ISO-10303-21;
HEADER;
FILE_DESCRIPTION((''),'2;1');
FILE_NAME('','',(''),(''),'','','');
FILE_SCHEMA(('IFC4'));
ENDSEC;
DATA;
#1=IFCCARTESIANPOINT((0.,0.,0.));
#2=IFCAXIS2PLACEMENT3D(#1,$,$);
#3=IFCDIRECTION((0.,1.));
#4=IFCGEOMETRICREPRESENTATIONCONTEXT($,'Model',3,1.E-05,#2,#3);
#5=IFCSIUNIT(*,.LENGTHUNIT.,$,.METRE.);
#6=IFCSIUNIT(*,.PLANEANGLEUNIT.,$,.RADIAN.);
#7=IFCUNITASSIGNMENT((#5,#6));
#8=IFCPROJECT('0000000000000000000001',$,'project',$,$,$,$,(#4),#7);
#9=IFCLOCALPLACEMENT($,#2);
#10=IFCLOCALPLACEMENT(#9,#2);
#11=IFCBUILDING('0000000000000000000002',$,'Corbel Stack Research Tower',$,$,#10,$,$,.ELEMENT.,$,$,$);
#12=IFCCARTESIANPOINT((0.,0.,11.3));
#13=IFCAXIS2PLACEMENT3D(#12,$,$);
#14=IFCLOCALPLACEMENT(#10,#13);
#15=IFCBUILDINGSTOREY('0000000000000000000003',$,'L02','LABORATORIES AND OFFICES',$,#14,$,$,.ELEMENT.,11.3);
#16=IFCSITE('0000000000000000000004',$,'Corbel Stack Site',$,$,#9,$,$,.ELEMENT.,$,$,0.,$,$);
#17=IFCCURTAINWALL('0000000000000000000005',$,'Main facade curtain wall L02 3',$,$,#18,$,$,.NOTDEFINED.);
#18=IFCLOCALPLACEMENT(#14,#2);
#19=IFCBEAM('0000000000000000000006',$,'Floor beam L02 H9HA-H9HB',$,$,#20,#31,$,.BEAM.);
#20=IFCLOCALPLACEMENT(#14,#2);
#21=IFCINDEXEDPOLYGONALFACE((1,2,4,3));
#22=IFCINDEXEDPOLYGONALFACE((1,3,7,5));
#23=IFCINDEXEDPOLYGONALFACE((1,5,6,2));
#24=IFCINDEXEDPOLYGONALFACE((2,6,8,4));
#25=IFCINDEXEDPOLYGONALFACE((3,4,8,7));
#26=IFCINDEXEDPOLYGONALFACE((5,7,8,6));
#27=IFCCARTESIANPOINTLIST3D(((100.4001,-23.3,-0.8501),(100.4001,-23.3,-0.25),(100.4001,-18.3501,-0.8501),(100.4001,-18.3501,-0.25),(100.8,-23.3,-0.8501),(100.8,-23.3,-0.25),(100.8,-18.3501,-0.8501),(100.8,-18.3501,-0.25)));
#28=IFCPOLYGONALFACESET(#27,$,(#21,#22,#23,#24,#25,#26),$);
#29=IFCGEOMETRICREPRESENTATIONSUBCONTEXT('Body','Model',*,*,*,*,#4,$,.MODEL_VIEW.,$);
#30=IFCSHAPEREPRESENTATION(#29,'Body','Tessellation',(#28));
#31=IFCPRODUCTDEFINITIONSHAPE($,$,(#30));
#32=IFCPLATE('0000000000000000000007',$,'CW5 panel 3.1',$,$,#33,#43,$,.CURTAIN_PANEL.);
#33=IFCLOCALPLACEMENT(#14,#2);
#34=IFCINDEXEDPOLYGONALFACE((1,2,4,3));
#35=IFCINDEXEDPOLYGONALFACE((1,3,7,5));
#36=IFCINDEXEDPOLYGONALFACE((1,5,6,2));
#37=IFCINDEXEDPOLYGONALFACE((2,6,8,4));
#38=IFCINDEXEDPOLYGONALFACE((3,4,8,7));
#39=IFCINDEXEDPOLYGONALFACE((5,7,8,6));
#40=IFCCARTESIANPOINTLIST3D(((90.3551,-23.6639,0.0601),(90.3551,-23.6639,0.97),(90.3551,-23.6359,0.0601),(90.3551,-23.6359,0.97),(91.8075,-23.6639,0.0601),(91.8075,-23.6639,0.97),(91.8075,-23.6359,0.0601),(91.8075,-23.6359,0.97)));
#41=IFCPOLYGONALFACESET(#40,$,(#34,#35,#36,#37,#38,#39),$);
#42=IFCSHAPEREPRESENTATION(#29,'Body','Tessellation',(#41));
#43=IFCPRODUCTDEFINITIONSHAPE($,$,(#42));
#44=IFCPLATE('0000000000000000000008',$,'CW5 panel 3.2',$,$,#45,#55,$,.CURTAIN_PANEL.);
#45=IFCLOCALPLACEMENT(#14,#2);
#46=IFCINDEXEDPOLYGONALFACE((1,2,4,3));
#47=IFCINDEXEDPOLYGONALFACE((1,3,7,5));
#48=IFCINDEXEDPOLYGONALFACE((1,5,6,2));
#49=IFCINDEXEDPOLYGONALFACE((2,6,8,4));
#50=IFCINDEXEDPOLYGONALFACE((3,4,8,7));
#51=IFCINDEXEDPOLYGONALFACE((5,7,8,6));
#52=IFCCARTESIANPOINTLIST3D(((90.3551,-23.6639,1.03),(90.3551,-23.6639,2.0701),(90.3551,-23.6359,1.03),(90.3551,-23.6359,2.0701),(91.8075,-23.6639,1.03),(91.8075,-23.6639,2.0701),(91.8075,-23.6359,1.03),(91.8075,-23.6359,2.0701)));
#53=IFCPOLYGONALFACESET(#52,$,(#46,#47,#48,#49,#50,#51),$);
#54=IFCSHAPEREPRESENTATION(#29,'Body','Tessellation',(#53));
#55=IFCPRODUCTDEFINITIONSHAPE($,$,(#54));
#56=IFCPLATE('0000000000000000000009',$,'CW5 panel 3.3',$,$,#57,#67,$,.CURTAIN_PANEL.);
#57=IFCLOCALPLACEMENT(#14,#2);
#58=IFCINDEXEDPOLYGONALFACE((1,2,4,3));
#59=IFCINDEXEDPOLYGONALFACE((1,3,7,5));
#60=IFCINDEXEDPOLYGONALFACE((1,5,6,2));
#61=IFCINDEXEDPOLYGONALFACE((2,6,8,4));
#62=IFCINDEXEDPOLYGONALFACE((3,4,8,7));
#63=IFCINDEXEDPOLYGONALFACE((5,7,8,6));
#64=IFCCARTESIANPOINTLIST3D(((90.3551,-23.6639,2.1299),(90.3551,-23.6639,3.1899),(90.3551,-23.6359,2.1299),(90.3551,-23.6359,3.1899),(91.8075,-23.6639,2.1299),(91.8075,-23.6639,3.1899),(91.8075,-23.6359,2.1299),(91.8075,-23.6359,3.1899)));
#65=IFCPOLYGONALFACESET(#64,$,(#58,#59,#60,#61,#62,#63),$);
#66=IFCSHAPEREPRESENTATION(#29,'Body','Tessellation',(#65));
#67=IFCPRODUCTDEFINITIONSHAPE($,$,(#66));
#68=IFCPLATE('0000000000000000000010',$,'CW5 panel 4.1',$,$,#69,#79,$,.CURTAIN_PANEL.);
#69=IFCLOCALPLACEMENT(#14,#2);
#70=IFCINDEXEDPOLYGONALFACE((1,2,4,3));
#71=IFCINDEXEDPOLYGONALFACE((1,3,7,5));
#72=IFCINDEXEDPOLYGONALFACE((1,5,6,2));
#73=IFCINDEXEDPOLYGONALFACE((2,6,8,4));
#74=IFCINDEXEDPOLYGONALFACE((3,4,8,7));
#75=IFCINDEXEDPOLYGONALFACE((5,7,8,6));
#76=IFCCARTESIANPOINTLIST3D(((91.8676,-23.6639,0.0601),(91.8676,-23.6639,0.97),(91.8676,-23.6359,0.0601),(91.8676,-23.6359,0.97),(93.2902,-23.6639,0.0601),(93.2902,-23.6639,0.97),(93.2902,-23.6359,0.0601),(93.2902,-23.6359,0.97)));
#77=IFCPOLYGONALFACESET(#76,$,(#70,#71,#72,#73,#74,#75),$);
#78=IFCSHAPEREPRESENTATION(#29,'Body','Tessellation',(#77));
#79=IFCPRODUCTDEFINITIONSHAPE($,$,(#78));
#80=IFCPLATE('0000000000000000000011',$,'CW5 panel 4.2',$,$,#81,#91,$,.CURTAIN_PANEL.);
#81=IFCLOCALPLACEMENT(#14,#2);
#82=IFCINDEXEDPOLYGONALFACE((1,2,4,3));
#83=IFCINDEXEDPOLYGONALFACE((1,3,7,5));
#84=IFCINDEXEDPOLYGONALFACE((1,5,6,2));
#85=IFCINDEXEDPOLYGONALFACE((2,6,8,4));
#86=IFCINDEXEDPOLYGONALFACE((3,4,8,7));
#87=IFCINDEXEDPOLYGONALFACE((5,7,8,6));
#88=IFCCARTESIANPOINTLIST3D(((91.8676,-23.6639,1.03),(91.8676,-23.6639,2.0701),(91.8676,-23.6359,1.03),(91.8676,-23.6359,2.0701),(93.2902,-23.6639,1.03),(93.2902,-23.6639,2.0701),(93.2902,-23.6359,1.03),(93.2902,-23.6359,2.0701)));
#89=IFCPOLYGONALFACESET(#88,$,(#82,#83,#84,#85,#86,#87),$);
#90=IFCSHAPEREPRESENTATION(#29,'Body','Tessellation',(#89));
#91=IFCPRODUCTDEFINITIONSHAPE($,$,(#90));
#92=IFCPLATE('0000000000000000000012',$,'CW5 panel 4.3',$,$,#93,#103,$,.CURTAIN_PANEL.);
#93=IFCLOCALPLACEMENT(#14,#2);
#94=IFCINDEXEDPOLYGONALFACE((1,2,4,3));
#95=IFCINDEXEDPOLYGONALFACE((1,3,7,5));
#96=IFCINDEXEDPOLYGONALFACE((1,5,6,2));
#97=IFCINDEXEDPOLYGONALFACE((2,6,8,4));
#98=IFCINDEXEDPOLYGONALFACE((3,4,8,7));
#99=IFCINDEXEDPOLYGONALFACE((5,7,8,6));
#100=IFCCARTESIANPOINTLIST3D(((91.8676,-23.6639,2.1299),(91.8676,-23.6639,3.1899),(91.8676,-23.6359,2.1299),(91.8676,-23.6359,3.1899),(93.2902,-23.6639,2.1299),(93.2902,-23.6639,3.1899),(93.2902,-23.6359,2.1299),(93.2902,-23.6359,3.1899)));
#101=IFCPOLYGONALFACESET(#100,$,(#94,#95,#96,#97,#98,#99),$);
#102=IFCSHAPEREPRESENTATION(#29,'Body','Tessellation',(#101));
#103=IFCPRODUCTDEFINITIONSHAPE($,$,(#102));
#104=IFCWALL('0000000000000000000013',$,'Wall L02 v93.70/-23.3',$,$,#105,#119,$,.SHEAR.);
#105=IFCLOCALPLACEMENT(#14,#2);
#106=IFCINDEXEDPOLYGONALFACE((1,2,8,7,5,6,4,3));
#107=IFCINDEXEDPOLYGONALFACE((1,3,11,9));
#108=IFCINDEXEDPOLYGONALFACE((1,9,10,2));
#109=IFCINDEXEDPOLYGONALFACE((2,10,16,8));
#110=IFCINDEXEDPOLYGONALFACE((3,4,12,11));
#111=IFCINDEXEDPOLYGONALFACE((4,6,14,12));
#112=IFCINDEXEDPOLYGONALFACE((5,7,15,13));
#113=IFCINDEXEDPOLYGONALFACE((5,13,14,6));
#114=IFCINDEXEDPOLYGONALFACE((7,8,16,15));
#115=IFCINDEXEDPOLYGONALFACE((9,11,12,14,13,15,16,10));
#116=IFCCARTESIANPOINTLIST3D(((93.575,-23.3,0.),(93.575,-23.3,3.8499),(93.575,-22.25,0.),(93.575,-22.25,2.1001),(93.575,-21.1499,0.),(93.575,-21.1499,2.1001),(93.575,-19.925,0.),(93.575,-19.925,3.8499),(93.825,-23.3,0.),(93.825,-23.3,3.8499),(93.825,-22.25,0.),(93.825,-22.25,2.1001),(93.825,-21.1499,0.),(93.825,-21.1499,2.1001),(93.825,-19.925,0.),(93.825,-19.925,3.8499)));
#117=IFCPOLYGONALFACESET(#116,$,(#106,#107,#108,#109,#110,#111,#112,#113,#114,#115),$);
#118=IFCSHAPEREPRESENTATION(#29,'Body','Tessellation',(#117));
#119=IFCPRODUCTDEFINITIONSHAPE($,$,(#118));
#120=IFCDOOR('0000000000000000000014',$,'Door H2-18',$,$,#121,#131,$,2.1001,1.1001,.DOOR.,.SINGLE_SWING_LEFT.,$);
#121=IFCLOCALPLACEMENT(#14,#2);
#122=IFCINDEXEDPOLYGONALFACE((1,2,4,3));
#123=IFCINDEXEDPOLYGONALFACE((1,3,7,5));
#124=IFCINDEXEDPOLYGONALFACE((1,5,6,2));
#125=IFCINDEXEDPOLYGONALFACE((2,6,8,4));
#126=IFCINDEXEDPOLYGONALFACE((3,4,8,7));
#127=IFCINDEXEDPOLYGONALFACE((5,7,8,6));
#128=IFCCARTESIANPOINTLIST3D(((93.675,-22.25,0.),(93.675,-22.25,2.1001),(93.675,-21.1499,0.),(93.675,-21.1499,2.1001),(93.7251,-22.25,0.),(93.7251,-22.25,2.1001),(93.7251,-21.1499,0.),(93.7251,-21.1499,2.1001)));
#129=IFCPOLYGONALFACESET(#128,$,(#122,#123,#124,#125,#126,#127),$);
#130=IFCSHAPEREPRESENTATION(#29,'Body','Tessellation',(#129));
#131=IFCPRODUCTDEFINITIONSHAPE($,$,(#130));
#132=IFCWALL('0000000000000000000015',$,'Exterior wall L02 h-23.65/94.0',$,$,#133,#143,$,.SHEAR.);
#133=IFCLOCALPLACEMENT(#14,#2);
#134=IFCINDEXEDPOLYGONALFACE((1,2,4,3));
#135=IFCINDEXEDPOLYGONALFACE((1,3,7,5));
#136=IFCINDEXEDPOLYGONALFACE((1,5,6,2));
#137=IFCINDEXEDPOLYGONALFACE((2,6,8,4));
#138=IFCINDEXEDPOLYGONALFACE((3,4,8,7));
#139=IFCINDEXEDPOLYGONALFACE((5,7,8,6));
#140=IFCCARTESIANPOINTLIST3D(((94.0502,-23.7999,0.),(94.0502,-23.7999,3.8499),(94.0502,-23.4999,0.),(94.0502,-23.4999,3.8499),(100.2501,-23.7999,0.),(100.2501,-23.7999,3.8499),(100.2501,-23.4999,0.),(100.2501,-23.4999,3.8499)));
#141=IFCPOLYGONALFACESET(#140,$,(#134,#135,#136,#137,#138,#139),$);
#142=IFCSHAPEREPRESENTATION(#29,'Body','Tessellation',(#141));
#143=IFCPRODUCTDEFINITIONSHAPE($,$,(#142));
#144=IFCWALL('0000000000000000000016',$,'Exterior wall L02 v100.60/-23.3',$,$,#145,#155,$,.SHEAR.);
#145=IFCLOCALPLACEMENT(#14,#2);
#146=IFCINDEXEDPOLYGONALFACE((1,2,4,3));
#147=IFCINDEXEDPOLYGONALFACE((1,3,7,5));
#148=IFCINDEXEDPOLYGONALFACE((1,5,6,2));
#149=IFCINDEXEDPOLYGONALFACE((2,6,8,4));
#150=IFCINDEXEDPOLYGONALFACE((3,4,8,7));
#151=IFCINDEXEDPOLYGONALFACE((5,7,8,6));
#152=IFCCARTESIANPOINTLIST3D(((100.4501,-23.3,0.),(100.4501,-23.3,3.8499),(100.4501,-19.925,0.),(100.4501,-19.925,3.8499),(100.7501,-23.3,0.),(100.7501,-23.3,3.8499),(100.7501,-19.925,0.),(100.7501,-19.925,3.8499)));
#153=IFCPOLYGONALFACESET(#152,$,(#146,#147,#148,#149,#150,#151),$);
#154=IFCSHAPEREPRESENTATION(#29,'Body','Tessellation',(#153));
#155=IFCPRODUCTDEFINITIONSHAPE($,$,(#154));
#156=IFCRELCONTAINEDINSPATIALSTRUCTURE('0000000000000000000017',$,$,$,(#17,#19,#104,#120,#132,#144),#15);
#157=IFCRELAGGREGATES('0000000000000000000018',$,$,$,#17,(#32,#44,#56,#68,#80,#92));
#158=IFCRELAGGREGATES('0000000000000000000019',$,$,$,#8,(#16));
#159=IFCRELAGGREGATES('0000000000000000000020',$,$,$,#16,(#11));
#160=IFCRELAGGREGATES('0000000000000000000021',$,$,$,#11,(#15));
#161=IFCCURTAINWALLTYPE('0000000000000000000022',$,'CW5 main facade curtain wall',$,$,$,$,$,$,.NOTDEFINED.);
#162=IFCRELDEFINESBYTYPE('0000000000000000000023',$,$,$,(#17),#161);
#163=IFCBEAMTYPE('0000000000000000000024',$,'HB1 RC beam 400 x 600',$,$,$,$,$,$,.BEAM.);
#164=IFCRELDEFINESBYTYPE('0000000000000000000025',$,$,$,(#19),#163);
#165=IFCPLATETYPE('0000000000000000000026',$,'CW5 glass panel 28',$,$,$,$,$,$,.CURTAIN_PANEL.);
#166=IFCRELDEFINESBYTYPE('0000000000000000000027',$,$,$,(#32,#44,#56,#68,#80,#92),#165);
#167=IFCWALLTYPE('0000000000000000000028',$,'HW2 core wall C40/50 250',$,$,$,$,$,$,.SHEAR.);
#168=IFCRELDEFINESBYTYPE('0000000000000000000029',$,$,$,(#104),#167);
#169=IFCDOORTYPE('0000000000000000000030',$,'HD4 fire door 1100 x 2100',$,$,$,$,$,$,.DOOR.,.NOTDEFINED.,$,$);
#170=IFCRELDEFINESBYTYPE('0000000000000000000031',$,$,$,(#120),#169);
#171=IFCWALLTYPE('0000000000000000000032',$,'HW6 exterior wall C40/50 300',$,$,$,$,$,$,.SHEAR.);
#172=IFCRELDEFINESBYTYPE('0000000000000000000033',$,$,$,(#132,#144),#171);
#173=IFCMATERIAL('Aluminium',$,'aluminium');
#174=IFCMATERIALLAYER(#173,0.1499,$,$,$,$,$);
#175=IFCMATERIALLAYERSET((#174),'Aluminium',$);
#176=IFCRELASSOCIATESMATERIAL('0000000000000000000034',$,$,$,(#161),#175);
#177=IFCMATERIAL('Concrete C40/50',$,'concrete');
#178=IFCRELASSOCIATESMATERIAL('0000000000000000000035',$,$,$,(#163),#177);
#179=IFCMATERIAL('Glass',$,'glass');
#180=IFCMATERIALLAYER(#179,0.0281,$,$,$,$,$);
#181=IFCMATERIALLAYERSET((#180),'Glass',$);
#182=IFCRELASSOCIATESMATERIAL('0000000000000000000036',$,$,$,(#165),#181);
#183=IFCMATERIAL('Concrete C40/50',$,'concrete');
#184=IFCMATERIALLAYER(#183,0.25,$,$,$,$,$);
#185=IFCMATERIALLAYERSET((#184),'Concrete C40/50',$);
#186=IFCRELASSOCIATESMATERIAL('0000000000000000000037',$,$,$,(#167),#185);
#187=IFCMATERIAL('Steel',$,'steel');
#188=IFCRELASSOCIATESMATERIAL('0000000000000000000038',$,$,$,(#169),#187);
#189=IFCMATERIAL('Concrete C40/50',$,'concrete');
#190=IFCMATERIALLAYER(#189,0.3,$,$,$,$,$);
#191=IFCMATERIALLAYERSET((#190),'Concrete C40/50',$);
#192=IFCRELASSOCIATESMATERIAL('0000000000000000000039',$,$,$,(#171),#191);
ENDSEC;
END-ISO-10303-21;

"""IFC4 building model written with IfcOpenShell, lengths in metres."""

from ifc_helpers import new_model, si_unit, direction, frame, frame_2d, origin, origin_2d, place, context, subcontext, project, spatial, rectangle, extrude, material, layer, layer_set, material_profile, profile_set, type_object, element, fill, aggregate, save


model = new_model("IFC4")

# Units and contexts
model_context = context("Model", 3, precision=1e-05, world=origin(), true_north=direction((0.0, 1.0)))
body_context = subcontext(model_context, "Body", "Model", "MODEL_VIEW")
ifc_project = project(units=[si_unit("LENGTHUNIT", "METRE"), si_unit("PLANEANGLEUNIT", "RADIAN")], contexts=[model_context])

# Site, building, storey
site_placement = place(None, origin())
site = spatial("IfcSite", under=ifc_project, at=site_placement, Name="Corbel Stack Site", CompositionType="ELEMENT", RefElevation=0.0)
building_placement = place(site_placement, origin())
building = spatial("IfcBuilding", under=site, at=building_placement, Name="Corbel Stack Research Tower", CompositionType="ELEMENT")
storey_placement = place(building_placement, frame((0.0, 0.0, 11.3)))
storey = spatial("IfcBuildingStorey", under=building, at=storey_placement, Name="L02", Description="LABORATORIES AND OFFICES", CompositionType="ELEMENT", Elevation=11.3)

# Curtain wall
ifc_material_1 = material(Name="Aluminium", Category="aluminium")
ifc_layer_1 = layer(ifc_material_1, 0.1499)
ifc_layer_set_1 = layer_set([ifc_layer_1], Name="Aluminium")
curtain_wall_type = type_object("IfcCurtainWallType", Name="CW5 main facade curtain wall", PredefinedType="NOTDEFINED", material=ifc_layer_set_1)
curtain_wall_placement = place(storey_placement, origin())
curtain_wall = element("IfcCurtainWall", 1, at=curtain_wall_placement, inside=storey, type_object=curtain_wall_type, Name="Main facade curtain wall L02 3", PredefinedType="NOTDEFINED")

# Beam
ifc_material_2 = material(Name="Concrete C40/50", Category="concrete")
ifc_material_profile_1 = material_profile(ifc_material_2, rectangle(XDim=0.3999, YDim=0.6001, at=origin_2d()), Name="RC 400 x 600")
ifc_profile_set_1 = profile_set([ifc_material_profile_1], Name="Concrete C40/50")
beam_type = type_object("IfcBeamType", Name="HB1 RC beam 400 x 600", PredefinedType="BEAM", material=ifc_profile_set_1)
for number, where, z_axis, x_axis, name in (
    (2, (100.6001, -23.3, -0.55), (0.0, 1.0, 0.0), (-1.0, 0.0, 0.0), "Floor beam L02 H9HA-H9HB"),
):
    element("IfcBeam", number, at=place(storey_placement, frame(where, z_axis=z_axis, x_axis=x_axis)), inside=storey, type_object=beam_type, Name=name, PredefinedType="BEAM", context=body_context, shape_type="SweptSolid", body=[
        extrude(rectangle(XDim=0.3999, YDim=0.6001, at=origin_2d()), origin(), (0.0, 0.0, 1.0), 4.95),
    ])

# Plates
ifc_material_3 = material(Name="Glass", Category="glass")
ifc_layer_2 = layer(ifc_material_3, 0.0281)
ifc_layer_set_2 = layer_set([ifc_layer_2], Name="Glass")
plate_type = type_object("IfcPlateType", Name="CW5 glass panel 28", PredefinedType="CURTAIN_PANEL", material=ifc_layer_set_2)
plate_1_placement = place(storey_placement, frame((91.0813, -23.6499, 0.0601), z_axis=(0.0, 0.0, 1.0), x_axis=(1.0, 0.0, 0.0)))
plate_1 = element("IfcPlate", 3, at=plate_1_placement, type_object=plate_type, Name="CW5 panel 3.1", PredefinedType="CURTAIN_PANEL", context=body_context, shape_type="SweptSolid", body=[
    extrude(rectangle(XDim=1.4524, YDim=0.0281, at=origin_2d()), origin(), (0.0, 0.0, 1.0), 0.9099),
])
plate_2_placement = place(storey_placement, frame((91.0813, -23.6499, 1.03), z_axis=(0.0, 0.0, 1.0), x_axis=(1.0, 0.0, 0.0)))
plate_2 = element("IfcPlate", 4, at=plate_2_placement, type_object=plate_type, Name="CW5 panel 3.2", PredefinedType="CURTAIN_PANEL", context=body_context, shape_type="SweptSolid", body=[
    extrude(rectangle(XDim=1.4524, YDim=0.0281, at=origin_2d()), origin(), (0.0, 0.0, 1.0), 1.04),
])
plate_3_placement = place(storey_placement, frame((91.0813, -23.6499, 2.1299), z_axis=(0.0, 0.0, 1.0), x_axis=(1.0, 0.0, 0.0)))
plate_3 = element("IfcPlate", 5, at=plate_3_placement, type_object=plate_type, Name="CW5 panel 3.3", PredefinedType="CURTAIN_PANEL", context=body_context, shape_type="SweptSolid", body=[
    extrude(rectangle(XDim=1.4524, YDim=0.0281, at=origin_2d()), origin(), (0.0, 0.0, 1.0), 1.0601),
])
plate_4_placement = place(storey_placement, frame((92.5789, -23.6499, 0.0601), z_axis=(0.0, 0.0, 1.0), x_axis=(1.0, 0.0, 0.0)))
plate_4 = element("IfcPlate", 6, at=plate_4_placement, type_object=plate_type, Name="CW5 panel 4.1", PredefinedType="CURTAIN_PANEL", context=body_context, shape_type="SweptSolid", body=[
    extrude(rectangle(XDim=1.4226, YDim=0.0281, at=origin_2d()), origin(), (0.0, 0.0, 1.0), 0.9099),
])
plate_5_placement = place(storey_placement, frame((92.5789, -23.6499, 1.03), z_axis=(0.0, 0.0, 1.0), x_axis=(1.0, 0.0, 0.0)))
plate_5 = element("IfcPlate", 7, at=plate_5_placement, type_object=plate_type, Name="CW5 panel 4.2", PredefinedType="CURTAIN_PANEL", context=body_context, shape_type="SweptSolid", body=[
    extrude(rectangle(XDim=1.4226, YDim=0.0281, at=origin_2d()), origin(), (0.0, 0.0, 1.0), 1.04),
])
plate_6_placement = place(storey_placement, frame((92.5789, -23.6499, 2.1299), z_axis=(0.0, 0.0, 1.0), x_axis=(1.0, 0.0, 0.0)))
plate_6 = element("IfcPlate", 8, at=plate_6_placement, type_object=plate_type, Name="CW5 panel 4.3", PredefinedType="CURTAIN_PANEL", context=body_context, shape_type="SweptSolid", body=[
    extrude(rectangle(XDim=1.4226, YDim=0.0281, at=origin_2d()), origin(), (0.0, 0.0, 1.0), 1.0601),
])
aggregate(curtain_wall, [plate_1, plate_2, plate_3, plate_4, plate_5, plate_6])

# Wall, opening, door
ifc_material_4 = material(Name="Concrete C40/50", Category="concrete")
ifc_layer_3 = layer(ifc_material_4, 0.25)
ifc_layer_set_3 = layer_set([ifc_layer_3], Name="Concrete C40/50")
wall_type_1 = type_object("IfcWallType", Name="HW2 core wall C40/50 250", PredefinedType="SHEAR", material=ifc_layer_set_3)
wall_1_placement = place(storey_placement, frame((93.7, -23.3, 0.0), z_axis=(0.0, 0.0, 1.0), x_axis=(0.0, 1.0, 0.0)))
wall_1 = element("IfcWall", 9, at=wall_1_placement, inside=storey, type_object=wall_type_1, Name="Wall L02 v93.70/-23.3", PredefinedType="SHEAR", context=body_context, shape_type="SweptSolid", body=[
    extrude(rectangle(XDim=3.375, YDim=0.25, at=frame_2d((1.6875, 0.0))), origin(), (0.0, 0.0, 1.0), 3.8499),
])
opening_placement = place(wall_1_placement, frame((1.05, 0.0, 0.0)))
opening = element("IfcOpeningElement", 10, at=opening_placement, cuts=wall_1, PredefinedType="OPENING", context=body_context, shape_type="SweptSolid", body=[
    extrude(rectangle(XDim=1.1001, YDim=2.1001, at=frame_2d((0.55, 1.05))), frame((0.0, 0.135, 0.0), z_axis=(0.0, -1.0, 0.0), x_axis=(1.0, 0.0, 0.0)), (0.0, 0.0, 1.0), 0.27),
])
ifc_material_5 = material(Name="Steel", Category="steel")
door_type = type_object("IfcDoorType", Name="HD4 fire door 1100 x 2100", OperationType="NOTDEFINED", PredefinedType="DOOR", material=ifc_material_5)
door_placement = place(opening_placement, origin())
door = element("IfcDoor", 11, at=door_placement, inside=storey, type_object=door_type, Name="Door H2-18", OperationType="SINGLE_SWING_LEFT", OverallHeight=2.1001, OverallWidth=1.1001, PredefinedType="DOOR", context=body_context, shape_type="SweptSolid", body=[
    extrude(rectangle(XDim=1.1001, YDim=2.1001, at=frame_2d((0.55, 1.05))), frame((0.0, 0.0249, 0.0), z_axis=(0.0, -1.0, 0.0), x_axis=(1.0, 0.0, 0.0)), (0.0, 0.0, 1.0), 0.05),
])
fill(opening, door)

# Walls
ifc_material_6 = material(Name="Concrete C40/50", Category="concrete")
ifc_layer_4 = layer(ifc_material_6, 0.3)
ifc_layer_set_4 = layer_set([ifc_layer_4], Name="Concrete C40/50")
wall_type_2 = type_object("IfcWallType", Name="HW6 exterior wall C40/50 300", PredefinedType="SHEAR", material=ifc_layer_set_4)
wall_2_placement = place(storey_placement, frame((94.05, -23.6499, 0.0), z_axis=(0.0, 0.0, 1.0), x_axis=(1.0, 0.0, 0.0)))
element("IfcWall", 12, at=wall_2_placement, inside=storey, type_object=wall_type_2, Name="Exterior wall L02 h-23.65/94.0", PredefinedType="SHEAR", context=body_context, shape_type="SweptSolid", body=[
    extrude(rectangle(XDim=6.2, YDim=0.3, at=frame_2d((3.1001, 0.0))), origin(), (0.0, 0.0, 1.0), 3.8499),
])
wall_3_placement = place(storey_placement, frame((100.6001, -23.3, 0.0), z_axis=(0.0, 0.0, 1.0), x_axis=(0.0, 1.0, 0.0)))
element("IfcWall", 13, at=wall_3_placement, inside=storey, type_object=wall_type_2, Name="Exterior wall L02 v100.60/-23.3", PredefinedType="SHEAR", context=body_context, shape_type="SweptSolid", body=[
    extrude(rectangle(XDim=3.375, YDim=0.3, at=frame_2d((1.6875, 0.0))), origin(), (0.0, 0.0, 1.0), 3.8499),
])

save(model, "model.ifc")
